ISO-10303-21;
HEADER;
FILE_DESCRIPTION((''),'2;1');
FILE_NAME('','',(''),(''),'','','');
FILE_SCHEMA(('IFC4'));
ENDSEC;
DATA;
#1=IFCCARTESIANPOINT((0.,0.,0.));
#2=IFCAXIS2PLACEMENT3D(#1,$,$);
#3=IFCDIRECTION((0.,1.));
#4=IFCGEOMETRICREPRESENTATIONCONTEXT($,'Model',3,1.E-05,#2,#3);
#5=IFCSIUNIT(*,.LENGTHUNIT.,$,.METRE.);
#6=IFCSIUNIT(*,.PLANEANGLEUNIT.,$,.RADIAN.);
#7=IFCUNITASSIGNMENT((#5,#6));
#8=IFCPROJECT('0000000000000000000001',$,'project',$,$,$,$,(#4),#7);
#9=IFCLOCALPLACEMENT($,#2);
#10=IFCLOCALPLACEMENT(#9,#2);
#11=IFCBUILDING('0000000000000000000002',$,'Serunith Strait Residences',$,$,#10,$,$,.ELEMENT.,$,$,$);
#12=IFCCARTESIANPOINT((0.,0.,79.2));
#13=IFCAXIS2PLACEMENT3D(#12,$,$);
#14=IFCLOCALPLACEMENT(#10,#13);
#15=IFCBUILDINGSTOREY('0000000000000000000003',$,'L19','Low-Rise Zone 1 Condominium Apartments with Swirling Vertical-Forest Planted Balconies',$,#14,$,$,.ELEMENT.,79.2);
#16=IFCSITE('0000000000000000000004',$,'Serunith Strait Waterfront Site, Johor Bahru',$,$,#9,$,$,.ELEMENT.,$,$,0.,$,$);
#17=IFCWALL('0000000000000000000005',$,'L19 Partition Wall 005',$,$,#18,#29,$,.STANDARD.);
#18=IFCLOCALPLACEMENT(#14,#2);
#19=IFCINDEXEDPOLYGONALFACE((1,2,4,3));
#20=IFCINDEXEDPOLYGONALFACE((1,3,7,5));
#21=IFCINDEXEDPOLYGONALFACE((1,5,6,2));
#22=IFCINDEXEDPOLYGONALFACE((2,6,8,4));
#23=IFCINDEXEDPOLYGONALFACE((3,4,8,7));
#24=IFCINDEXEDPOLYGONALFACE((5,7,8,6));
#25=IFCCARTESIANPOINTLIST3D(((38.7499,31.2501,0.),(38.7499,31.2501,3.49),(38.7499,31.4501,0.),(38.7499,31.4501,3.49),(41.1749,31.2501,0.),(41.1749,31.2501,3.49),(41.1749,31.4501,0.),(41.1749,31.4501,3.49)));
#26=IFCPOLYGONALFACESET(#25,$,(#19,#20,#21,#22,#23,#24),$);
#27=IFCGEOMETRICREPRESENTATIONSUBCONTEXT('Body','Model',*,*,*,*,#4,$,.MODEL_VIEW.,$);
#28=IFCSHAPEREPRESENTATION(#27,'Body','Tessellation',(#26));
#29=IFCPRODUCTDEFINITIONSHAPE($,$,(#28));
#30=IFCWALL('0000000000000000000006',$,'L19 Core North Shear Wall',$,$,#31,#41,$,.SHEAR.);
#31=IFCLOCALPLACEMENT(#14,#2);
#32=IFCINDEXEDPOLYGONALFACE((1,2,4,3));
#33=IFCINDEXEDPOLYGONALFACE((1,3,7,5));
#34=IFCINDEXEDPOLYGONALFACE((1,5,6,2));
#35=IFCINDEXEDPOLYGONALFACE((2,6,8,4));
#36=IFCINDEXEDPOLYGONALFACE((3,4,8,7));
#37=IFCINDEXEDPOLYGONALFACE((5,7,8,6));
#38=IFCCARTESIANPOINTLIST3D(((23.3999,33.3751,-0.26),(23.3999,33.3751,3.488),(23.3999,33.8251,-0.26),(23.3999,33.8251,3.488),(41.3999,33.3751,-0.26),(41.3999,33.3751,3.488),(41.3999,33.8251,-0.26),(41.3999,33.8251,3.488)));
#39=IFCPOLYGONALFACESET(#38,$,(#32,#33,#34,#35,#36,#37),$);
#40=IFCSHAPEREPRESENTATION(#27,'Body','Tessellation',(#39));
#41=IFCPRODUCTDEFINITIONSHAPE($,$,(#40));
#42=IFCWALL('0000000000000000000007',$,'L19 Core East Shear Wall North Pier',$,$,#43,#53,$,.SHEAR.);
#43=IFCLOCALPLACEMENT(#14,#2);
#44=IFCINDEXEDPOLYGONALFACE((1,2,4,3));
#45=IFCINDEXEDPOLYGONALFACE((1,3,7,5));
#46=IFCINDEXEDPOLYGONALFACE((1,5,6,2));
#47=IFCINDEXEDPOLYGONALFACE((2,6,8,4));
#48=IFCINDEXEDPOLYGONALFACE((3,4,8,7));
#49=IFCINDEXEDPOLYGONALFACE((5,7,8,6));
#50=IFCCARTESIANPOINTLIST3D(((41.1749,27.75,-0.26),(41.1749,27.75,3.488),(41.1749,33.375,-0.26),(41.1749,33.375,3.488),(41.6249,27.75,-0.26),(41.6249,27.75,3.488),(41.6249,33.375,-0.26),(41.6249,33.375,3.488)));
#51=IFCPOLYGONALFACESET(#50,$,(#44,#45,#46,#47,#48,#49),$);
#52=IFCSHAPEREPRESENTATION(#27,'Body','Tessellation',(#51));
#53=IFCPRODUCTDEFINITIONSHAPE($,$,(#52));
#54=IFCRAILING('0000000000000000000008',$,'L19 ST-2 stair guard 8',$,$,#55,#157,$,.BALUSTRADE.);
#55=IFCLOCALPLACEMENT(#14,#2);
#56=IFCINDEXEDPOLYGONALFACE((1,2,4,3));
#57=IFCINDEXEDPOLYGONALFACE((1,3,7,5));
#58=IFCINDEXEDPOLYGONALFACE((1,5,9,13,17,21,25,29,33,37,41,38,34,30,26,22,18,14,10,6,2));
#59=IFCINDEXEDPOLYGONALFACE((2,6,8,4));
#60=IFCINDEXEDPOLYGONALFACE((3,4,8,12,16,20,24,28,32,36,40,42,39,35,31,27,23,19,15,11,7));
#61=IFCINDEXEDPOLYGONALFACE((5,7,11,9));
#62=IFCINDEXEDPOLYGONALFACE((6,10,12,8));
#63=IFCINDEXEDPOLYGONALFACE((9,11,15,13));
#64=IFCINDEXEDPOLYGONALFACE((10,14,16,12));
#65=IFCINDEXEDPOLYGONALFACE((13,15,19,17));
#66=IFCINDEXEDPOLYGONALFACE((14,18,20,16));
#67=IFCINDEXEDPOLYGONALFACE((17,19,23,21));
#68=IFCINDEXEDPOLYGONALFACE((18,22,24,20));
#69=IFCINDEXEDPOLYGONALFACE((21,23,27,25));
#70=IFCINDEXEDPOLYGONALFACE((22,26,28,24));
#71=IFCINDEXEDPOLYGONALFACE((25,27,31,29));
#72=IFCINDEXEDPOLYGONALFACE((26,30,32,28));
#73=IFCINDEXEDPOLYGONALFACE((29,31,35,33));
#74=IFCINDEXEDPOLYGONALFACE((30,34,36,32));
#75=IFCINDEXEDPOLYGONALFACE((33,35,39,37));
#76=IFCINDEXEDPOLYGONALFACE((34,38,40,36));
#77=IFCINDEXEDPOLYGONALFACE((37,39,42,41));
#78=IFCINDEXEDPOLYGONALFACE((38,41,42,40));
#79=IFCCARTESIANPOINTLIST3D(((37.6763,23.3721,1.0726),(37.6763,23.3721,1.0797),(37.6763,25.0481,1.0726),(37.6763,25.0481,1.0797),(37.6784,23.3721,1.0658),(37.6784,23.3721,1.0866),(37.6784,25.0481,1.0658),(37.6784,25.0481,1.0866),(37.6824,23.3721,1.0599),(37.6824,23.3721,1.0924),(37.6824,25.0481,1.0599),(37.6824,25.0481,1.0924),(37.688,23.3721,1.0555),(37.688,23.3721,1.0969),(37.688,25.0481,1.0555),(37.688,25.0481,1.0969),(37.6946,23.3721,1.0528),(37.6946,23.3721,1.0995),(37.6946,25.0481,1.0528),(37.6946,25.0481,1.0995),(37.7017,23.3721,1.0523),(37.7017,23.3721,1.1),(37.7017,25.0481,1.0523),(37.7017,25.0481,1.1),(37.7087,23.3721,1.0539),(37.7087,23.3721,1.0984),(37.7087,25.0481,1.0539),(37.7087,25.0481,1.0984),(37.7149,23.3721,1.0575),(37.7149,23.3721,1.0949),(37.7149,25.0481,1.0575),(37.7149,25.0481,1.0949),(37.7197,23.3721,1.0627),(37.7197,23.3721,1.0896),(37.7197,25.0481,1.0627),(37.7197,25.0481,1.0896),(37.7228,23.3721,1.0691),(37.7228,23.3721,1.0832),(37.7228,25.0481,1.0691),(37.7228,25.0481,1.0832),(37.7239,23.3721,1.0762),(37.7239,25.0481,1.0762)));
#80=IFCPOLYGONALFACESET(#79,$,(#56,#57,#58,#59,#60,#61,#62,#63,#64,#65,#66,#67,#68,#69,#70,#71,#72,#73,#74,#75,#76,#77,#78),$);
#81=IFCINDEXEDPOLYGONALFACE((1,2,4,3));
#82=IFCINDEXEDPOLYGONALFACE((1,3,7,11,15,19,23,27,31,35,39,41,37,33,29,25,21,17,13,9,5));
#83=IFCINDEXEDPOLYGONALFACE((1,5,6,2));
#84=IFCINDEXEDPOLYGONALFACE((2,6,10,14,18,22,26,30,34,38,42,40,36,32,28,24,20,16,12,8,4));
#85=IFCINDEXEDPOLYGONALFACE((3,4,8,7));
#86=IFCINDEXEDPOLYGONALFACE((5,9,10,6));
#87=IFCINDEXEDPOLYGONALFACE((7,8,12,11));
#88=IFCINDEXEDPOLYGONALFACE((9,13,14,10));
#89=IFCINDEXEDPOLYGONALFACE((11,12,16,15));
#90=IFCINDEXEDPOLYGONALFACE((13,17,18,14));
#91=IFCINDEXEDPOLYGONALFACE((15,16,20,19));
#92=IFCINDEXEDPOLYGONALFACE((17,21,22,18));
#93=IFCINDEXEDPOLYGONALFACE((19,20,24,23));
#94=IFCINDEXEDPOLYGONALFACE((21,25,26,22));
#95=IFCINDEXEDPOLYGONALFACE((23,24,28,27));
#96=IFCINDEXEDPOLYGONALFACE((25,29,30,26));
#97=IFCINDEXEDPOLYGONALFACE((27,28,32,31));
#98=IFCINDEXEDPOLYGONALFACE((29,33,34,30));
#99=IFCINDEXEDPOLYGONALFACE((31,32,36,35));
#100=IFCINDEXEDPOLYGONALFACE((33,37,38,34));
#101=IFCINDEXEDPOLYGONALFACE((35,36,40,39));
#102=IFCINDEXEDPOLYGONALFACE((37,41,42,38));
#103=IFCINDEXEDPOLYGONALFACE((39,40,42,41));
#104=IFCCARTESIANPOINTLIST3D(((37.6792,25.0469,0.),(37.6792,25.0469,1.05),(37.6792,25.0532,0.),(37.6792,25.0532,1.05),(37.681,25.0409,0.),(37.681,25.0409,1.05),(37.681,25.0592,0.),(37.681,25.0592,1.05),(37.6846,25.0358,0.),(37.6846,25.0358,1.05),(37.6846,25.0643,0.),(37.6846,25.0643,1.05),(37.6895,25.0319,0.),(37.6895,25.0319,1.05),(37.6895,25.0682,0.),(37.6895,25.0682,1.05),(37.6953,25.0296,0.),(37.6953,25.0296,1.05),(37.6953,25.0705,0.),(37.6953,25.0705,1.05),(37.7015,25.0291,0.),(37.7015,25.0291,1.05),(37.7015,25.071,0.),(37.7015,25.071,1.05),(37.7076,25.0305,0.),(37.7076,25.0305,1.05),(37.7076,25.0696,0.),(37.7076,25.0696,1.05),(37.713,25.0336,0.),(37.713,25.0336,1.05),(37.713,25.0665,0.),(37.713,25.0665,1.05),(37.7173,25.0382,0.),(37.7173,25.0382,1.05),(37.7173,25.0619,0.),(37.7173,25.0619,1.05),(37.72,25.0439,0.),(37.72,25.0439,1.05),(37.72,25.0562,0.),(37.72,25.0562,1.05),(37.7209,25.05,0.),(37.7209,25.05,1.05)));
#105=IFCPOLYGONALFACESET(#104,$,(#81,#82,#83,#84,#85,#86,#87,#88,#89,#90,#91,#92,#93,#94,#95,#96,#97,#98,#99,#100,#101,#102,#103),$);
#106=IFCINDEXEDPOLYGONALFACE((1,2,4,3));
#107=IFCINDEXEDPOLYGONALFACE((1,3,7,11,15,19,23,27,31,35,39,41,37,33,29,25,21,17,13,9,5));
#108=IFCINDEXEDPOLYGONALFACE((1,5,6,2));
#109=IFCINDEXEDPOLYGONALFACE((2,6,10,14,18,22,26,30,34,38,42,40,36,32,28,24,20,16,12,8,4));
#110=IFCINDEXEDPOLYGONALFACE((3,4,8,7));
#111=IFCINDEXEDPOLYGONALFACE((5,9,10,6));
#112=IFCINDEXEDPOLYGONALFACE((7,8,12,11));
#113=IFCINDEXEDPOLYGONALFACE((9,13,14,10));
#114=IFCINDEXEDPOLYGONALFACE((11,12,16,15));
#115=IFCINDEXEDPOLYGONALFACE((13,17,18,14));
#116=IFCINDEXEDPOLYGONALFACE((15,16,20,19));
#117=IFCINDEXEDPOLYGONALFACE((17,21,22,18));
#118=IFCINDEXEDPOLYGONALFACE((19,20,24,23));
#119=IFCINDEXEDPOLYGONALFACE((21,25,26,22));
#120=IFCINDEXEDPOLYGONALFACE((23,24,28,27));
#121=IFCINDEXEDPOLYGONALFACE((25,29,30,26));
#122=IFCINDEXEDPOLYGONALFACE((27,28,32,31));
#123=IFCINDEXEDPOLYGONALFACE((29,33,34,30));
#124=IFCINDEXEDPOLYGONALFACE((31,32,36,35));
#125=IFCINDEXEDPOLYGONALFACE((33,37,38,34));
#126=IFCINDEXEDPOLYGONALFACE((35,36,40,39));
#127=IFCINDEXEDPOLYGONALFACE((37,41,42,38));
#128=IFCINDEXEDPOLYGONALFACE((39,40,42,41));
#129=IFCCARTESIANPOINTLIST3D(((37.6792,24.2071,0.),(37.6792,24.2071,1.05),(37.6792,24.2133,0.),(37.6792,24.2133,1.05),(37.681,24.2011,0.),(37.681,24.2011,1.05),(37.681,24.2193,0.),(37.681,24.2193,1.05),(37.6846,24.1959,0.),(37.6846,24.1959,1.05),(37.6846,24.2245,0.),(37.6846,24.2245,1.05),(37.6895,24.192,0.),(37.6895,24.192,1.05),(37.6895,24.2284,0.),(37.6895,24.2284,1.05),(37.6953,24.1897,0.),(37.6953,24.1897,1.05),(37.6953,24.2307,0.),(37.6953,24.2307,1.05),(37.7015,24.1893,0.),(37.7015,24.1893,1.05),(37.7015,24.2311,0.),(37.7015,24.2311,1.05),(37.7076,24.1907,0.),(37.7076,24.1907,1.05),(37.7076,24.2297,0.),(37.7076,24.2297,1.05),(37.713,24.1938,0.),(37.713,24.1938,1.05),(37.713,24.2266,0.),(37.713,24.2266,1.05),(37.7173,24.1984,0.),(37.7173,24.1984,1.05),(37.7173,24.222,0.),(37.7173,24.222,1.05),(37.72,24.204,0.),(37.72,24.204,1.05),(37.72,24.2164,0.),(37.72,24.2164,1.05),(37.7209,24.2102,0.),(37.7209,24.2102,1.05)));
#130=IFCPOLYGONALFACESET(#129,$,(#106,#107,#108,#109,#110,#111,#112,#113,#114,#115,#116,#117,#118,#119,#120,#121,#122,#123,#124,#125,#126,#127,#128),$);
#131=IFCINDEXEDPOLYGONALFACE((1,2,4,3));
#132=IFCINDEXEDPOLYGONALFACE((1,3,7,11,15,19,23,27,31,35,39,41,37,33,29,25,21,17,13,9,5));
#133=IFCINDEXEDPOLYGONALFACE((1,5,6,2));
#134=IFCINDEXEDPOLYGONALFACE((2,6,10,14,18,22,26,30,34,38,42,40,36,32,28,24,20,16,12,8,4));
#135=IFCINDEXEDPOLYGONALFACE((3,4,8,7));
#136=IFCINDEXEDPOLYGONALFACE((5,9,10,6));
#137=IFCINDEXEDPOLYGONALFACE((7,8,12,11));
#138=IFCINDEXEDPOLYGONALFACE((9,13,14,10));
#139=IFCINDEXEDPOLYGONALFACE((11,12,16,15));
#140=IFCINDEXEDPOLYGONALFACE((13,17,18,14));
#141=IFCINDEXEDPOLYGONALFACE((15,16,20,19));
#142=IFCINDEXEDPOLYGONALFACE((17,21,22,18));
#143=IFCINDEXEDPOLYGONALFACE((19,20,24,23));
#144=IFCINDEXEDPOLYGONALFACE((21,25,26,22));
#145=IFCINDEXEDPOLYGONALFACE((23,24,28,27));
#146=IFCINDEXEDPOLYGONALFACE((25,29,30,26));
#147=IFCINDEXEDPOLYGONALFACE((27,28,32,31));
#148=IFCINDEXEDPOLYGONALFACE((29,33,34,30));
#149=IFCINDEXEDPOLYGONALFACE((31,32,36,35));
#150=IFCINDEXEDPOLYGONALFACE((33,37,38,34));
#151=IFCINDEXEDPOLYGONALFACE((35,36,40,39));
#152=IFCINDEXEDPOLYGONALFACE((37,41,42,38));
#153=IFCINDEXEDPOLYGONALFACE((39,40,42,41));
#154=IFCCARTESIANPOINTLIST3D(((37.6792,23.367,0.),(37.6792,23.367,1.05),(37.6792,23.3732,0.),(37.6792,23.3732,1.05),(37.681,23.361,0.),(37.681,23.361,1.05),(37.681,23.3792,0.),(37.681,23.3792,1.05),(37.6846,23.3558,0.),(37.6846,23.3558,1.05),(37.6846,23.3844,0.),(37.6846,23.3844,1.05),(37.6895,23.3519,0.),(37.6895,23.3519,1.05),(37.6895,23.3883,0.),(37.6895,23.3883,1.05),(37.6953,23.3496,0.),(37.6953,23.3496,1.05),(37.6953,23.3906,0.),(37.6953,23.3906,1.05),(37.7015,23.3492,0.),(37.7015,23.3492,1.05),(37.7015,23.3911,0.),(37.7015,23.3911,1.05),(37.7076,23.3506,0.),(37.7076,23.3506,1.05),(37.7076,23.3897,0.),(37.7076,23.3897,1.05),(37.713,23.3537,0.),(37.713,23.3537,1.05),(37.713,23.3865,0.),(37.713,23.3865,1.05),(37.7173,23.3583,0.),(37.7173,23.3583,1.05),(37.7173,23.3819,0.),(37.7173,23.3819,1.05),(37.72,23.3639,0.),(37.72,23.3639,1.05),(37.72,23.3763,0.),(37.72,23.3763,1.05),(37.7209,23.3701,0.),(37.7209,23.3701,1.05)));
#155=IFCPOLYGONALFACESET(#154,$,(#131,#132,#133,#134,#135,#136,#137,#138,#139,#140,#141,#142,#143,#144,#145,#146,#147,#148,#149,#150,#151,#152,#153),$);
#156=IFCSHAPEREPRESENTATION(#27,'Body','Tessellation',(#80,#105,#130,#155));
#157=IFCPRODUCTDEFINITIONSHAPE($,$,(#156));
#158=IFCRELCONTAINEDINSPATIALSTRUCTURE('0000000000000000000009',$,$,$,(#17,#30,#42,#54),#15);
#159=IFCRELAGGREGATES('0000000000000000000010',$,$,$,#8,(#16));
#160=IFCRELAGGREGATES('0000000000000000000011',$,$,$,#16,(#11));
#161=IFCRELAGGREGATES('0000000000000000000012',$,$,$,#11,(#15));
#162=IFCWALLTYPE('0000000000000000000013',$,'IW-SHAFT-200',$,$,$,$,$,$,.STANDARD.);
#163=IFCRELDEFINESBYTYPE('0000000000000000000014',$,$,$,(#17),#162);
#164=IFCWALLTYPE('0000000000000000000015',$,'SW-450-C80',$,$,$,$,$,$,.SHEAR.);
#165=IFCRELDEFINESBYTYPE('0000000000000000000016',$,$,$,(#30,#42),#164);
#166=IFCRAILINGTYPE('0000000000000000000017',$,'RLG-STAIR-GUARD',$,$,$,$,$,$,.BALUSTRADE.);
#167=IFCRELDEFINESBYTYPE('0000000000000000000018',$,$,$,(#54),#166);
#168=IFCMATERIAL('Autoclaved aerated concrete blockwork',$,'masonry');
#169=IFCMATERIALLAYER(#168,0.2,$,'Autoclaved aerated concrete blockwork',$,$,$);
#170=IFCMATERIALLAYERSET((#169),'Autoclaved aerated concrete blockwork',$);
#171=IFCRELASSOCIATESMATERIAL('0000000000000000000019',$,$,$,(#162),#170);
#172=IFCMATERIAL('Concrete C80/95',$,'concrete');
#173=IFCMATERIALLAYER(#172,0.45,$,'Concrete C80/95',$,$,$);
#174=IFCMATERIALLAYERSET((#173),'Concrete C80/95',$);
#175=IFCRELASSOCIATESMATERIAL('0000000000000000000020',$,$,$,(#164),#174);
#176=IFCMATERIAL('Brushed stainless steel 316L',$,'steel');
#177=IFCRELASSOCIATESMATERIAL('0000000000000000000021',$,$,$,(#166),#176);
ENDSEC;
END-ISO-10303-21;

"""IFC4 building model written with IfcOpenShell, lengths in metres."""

from ifc_helpers import new_model, si_unit, direction, frame, frame_2d, origin, origin_2d, place, context, subcontext, project, spatial, rectangle, circle, extrude, material, layer, layer_set, type_object, element, save


model = new_model("IFC4")

# Units and contexts
model_context = context("Model", 3, precision=1e-05, world=origin(), true_north=direction((0.0, 1.0)))
body_context = subcontext(model_context, "Body", "Model", "MODEL_VIEW")
ifc_project = project(units=[si_unit("LENGTHUNIT", "METRE"), si_unit("PLANEANGLEUNIT", "RADIAN")], contexts=[model_context])

# Site, building, storey
site_placement = place(None, origin())
site = spatial("IfcSite", under=ifc_project, at=site_placement, Name="Serunith Strait Waterfront Site, Johor Bahru", CompositionType="ELEMENT", RefElevation=0.0)
building_placement = place(site_placement, origin())
building = spatial("IfcBuilding", under=site, at=building_placement, Name="Serunith Strait Residences", CompositionType="ELEMENT")
storey_placement = place(building_placement, frame((0.0, 0.0, 79.2)))
storey = spatial("IfcBuildingStorey", under=building, at=storey_placement, Name="L19", Description="Low-Rise Zone 1 Condominium Apartments with Swirling Vertical-Forest Planted Balconies", CompositionType="ELEMENT", Elevation=79.2)

# Shared definitions
ifc_material_1 = material(Name="Autoclaved aerated concrete blockwork", Category="masonry")
ifc_layer_1 = layer(ifc_material_1, 0.2, Name="Autoclaved aerated concrete blockwork")
ifc_layer_set_1 = layer_set([ifc_layer_1], Name="Autoclaved aerated concrete blockwork")
wall_type_1 = type_object("IfcWallType", Name="IW-SHAFT-200", PredefinedType="STANDARD", material=ifc_layer_set_1)

# Wall
wall_1_placement = place(storey_placement, frame((38.75, 31.3501, 0.0), z_axis=(0.0, 0.0, 1.0), x_axis=(1.0, 0.0, 0.0)))
element("IfcWall", 1, at=wall_1_placement, inside=storey, type_object=wall_type_1, Name="L19 Partition Wall 005", PredefinedType="STANDARD", context=body_context, shape_type="SweptSolid", body=[
    extrude(rectangle(XDim=2.425, YDim=0.2, at=frame_2d((1.2124, 0.0))), origin(), (0.0, 0.0, 1.0), 3.49),
])

# Walls
ifc_material_2 = material(Name="Concrete C80/95", Category="concrete")
ifc_layer_2 = layer(ifc_material_2, 0.45, Name="Concrete C80/95")
ifc_layer_set_2 = layer_set([ifc_layer_2], Name="Concrete C80/95")
wall_type_2 = type_object("IfcWallType", Name="SW-450-C80", PredefinedType="SHEAR", material=ifc_layer_set_2)
wall_2_placement = place(storey_placement, frame((41.3999, 33.6001, -0.26), z_axis=(0.0, 0.0, 1.0), x_axis=(-1.0, 0.0, 0.0)))
element("IfcWall", 2, at=wall_2_placement, inside=storey, type_object=wall_type_2, Name="L19 Core North Shear Wall", PredefinedType="SHEAR", context=body_context, shape_type="SweptSolid", body=[
    extrude(rectangle(XDim=18.0, YDim=0.45, at=frame_2d((9.0, 0.0))), origin(), (0.0, 0.0, 1.0), 3.748),
])
wall_3_placement = place(storey_placement, frame((41.3999, 27.75, -0.26), z_axis=(0.0, 0.0, 1.0), x_axis=(0.0, 1.0, 0.0)))
element("IfcWall", 3, at=wall_3_placement, inside=storey, type_object=wall_type_2, Name="L19 Core East Shear Wall North Pier", PredefinedType="SHEAR", context=body_context, shape_type="SweptSolid", body=[
    extrude(rectangle(XDim=5.625, YDim=0.45, at=frame_2d((2.8125, 0.0))), origin(), (0.0, 0.0, 1.0), 3.748),
])

# Railing
ifc_material_3 = material(Name="Brushed stainless steel 316L", Category="steel")
railing_type = type_object("IfcRailingType", Name="RLG-STAIR-GUARD", PredefinedType="BALUSTRADE", material=ifc_material_3)
for number, where, name in (
    (4, (37.7, 25.05, 0.0), "L19 ST-2 stair guard 8"),
):
    element("IfcRailing", number, at=place(storey_placement, frame(where)), inside=storey, type_object=railing_type, Name=name, PredefinedType="BALUSTRADE", context=body_context, shape_type="SweptSolid", body=[
        extrude(circle(Radius=0.0239, at=origin_2d()), frame((0.0, -0.002, 1.0762), z_axis=(0.0, -1.0, 0.0), x_axis=(1.0, 0.0, 0.0)), (0.0, 0.0, 1.0), 1.676),
        extrude(circle(Radius=0.021, at=origin_2d()), origin(), (0.0, 0.0, 1.0), 1.05),
        extrude(circle(Radius=0.021, at=origin_2d()), frame((0.0, -0.8398, 0.0)), (0.0, 0.0, 1.0), 1.05),
        extrude(circle(Radius=0.021, at=origin_2d()), frame((0.0, -1.6799, 0.0)), (0.0, 0.0, 1.0), 1.05),
    ])

save(model, "model.ifc")
